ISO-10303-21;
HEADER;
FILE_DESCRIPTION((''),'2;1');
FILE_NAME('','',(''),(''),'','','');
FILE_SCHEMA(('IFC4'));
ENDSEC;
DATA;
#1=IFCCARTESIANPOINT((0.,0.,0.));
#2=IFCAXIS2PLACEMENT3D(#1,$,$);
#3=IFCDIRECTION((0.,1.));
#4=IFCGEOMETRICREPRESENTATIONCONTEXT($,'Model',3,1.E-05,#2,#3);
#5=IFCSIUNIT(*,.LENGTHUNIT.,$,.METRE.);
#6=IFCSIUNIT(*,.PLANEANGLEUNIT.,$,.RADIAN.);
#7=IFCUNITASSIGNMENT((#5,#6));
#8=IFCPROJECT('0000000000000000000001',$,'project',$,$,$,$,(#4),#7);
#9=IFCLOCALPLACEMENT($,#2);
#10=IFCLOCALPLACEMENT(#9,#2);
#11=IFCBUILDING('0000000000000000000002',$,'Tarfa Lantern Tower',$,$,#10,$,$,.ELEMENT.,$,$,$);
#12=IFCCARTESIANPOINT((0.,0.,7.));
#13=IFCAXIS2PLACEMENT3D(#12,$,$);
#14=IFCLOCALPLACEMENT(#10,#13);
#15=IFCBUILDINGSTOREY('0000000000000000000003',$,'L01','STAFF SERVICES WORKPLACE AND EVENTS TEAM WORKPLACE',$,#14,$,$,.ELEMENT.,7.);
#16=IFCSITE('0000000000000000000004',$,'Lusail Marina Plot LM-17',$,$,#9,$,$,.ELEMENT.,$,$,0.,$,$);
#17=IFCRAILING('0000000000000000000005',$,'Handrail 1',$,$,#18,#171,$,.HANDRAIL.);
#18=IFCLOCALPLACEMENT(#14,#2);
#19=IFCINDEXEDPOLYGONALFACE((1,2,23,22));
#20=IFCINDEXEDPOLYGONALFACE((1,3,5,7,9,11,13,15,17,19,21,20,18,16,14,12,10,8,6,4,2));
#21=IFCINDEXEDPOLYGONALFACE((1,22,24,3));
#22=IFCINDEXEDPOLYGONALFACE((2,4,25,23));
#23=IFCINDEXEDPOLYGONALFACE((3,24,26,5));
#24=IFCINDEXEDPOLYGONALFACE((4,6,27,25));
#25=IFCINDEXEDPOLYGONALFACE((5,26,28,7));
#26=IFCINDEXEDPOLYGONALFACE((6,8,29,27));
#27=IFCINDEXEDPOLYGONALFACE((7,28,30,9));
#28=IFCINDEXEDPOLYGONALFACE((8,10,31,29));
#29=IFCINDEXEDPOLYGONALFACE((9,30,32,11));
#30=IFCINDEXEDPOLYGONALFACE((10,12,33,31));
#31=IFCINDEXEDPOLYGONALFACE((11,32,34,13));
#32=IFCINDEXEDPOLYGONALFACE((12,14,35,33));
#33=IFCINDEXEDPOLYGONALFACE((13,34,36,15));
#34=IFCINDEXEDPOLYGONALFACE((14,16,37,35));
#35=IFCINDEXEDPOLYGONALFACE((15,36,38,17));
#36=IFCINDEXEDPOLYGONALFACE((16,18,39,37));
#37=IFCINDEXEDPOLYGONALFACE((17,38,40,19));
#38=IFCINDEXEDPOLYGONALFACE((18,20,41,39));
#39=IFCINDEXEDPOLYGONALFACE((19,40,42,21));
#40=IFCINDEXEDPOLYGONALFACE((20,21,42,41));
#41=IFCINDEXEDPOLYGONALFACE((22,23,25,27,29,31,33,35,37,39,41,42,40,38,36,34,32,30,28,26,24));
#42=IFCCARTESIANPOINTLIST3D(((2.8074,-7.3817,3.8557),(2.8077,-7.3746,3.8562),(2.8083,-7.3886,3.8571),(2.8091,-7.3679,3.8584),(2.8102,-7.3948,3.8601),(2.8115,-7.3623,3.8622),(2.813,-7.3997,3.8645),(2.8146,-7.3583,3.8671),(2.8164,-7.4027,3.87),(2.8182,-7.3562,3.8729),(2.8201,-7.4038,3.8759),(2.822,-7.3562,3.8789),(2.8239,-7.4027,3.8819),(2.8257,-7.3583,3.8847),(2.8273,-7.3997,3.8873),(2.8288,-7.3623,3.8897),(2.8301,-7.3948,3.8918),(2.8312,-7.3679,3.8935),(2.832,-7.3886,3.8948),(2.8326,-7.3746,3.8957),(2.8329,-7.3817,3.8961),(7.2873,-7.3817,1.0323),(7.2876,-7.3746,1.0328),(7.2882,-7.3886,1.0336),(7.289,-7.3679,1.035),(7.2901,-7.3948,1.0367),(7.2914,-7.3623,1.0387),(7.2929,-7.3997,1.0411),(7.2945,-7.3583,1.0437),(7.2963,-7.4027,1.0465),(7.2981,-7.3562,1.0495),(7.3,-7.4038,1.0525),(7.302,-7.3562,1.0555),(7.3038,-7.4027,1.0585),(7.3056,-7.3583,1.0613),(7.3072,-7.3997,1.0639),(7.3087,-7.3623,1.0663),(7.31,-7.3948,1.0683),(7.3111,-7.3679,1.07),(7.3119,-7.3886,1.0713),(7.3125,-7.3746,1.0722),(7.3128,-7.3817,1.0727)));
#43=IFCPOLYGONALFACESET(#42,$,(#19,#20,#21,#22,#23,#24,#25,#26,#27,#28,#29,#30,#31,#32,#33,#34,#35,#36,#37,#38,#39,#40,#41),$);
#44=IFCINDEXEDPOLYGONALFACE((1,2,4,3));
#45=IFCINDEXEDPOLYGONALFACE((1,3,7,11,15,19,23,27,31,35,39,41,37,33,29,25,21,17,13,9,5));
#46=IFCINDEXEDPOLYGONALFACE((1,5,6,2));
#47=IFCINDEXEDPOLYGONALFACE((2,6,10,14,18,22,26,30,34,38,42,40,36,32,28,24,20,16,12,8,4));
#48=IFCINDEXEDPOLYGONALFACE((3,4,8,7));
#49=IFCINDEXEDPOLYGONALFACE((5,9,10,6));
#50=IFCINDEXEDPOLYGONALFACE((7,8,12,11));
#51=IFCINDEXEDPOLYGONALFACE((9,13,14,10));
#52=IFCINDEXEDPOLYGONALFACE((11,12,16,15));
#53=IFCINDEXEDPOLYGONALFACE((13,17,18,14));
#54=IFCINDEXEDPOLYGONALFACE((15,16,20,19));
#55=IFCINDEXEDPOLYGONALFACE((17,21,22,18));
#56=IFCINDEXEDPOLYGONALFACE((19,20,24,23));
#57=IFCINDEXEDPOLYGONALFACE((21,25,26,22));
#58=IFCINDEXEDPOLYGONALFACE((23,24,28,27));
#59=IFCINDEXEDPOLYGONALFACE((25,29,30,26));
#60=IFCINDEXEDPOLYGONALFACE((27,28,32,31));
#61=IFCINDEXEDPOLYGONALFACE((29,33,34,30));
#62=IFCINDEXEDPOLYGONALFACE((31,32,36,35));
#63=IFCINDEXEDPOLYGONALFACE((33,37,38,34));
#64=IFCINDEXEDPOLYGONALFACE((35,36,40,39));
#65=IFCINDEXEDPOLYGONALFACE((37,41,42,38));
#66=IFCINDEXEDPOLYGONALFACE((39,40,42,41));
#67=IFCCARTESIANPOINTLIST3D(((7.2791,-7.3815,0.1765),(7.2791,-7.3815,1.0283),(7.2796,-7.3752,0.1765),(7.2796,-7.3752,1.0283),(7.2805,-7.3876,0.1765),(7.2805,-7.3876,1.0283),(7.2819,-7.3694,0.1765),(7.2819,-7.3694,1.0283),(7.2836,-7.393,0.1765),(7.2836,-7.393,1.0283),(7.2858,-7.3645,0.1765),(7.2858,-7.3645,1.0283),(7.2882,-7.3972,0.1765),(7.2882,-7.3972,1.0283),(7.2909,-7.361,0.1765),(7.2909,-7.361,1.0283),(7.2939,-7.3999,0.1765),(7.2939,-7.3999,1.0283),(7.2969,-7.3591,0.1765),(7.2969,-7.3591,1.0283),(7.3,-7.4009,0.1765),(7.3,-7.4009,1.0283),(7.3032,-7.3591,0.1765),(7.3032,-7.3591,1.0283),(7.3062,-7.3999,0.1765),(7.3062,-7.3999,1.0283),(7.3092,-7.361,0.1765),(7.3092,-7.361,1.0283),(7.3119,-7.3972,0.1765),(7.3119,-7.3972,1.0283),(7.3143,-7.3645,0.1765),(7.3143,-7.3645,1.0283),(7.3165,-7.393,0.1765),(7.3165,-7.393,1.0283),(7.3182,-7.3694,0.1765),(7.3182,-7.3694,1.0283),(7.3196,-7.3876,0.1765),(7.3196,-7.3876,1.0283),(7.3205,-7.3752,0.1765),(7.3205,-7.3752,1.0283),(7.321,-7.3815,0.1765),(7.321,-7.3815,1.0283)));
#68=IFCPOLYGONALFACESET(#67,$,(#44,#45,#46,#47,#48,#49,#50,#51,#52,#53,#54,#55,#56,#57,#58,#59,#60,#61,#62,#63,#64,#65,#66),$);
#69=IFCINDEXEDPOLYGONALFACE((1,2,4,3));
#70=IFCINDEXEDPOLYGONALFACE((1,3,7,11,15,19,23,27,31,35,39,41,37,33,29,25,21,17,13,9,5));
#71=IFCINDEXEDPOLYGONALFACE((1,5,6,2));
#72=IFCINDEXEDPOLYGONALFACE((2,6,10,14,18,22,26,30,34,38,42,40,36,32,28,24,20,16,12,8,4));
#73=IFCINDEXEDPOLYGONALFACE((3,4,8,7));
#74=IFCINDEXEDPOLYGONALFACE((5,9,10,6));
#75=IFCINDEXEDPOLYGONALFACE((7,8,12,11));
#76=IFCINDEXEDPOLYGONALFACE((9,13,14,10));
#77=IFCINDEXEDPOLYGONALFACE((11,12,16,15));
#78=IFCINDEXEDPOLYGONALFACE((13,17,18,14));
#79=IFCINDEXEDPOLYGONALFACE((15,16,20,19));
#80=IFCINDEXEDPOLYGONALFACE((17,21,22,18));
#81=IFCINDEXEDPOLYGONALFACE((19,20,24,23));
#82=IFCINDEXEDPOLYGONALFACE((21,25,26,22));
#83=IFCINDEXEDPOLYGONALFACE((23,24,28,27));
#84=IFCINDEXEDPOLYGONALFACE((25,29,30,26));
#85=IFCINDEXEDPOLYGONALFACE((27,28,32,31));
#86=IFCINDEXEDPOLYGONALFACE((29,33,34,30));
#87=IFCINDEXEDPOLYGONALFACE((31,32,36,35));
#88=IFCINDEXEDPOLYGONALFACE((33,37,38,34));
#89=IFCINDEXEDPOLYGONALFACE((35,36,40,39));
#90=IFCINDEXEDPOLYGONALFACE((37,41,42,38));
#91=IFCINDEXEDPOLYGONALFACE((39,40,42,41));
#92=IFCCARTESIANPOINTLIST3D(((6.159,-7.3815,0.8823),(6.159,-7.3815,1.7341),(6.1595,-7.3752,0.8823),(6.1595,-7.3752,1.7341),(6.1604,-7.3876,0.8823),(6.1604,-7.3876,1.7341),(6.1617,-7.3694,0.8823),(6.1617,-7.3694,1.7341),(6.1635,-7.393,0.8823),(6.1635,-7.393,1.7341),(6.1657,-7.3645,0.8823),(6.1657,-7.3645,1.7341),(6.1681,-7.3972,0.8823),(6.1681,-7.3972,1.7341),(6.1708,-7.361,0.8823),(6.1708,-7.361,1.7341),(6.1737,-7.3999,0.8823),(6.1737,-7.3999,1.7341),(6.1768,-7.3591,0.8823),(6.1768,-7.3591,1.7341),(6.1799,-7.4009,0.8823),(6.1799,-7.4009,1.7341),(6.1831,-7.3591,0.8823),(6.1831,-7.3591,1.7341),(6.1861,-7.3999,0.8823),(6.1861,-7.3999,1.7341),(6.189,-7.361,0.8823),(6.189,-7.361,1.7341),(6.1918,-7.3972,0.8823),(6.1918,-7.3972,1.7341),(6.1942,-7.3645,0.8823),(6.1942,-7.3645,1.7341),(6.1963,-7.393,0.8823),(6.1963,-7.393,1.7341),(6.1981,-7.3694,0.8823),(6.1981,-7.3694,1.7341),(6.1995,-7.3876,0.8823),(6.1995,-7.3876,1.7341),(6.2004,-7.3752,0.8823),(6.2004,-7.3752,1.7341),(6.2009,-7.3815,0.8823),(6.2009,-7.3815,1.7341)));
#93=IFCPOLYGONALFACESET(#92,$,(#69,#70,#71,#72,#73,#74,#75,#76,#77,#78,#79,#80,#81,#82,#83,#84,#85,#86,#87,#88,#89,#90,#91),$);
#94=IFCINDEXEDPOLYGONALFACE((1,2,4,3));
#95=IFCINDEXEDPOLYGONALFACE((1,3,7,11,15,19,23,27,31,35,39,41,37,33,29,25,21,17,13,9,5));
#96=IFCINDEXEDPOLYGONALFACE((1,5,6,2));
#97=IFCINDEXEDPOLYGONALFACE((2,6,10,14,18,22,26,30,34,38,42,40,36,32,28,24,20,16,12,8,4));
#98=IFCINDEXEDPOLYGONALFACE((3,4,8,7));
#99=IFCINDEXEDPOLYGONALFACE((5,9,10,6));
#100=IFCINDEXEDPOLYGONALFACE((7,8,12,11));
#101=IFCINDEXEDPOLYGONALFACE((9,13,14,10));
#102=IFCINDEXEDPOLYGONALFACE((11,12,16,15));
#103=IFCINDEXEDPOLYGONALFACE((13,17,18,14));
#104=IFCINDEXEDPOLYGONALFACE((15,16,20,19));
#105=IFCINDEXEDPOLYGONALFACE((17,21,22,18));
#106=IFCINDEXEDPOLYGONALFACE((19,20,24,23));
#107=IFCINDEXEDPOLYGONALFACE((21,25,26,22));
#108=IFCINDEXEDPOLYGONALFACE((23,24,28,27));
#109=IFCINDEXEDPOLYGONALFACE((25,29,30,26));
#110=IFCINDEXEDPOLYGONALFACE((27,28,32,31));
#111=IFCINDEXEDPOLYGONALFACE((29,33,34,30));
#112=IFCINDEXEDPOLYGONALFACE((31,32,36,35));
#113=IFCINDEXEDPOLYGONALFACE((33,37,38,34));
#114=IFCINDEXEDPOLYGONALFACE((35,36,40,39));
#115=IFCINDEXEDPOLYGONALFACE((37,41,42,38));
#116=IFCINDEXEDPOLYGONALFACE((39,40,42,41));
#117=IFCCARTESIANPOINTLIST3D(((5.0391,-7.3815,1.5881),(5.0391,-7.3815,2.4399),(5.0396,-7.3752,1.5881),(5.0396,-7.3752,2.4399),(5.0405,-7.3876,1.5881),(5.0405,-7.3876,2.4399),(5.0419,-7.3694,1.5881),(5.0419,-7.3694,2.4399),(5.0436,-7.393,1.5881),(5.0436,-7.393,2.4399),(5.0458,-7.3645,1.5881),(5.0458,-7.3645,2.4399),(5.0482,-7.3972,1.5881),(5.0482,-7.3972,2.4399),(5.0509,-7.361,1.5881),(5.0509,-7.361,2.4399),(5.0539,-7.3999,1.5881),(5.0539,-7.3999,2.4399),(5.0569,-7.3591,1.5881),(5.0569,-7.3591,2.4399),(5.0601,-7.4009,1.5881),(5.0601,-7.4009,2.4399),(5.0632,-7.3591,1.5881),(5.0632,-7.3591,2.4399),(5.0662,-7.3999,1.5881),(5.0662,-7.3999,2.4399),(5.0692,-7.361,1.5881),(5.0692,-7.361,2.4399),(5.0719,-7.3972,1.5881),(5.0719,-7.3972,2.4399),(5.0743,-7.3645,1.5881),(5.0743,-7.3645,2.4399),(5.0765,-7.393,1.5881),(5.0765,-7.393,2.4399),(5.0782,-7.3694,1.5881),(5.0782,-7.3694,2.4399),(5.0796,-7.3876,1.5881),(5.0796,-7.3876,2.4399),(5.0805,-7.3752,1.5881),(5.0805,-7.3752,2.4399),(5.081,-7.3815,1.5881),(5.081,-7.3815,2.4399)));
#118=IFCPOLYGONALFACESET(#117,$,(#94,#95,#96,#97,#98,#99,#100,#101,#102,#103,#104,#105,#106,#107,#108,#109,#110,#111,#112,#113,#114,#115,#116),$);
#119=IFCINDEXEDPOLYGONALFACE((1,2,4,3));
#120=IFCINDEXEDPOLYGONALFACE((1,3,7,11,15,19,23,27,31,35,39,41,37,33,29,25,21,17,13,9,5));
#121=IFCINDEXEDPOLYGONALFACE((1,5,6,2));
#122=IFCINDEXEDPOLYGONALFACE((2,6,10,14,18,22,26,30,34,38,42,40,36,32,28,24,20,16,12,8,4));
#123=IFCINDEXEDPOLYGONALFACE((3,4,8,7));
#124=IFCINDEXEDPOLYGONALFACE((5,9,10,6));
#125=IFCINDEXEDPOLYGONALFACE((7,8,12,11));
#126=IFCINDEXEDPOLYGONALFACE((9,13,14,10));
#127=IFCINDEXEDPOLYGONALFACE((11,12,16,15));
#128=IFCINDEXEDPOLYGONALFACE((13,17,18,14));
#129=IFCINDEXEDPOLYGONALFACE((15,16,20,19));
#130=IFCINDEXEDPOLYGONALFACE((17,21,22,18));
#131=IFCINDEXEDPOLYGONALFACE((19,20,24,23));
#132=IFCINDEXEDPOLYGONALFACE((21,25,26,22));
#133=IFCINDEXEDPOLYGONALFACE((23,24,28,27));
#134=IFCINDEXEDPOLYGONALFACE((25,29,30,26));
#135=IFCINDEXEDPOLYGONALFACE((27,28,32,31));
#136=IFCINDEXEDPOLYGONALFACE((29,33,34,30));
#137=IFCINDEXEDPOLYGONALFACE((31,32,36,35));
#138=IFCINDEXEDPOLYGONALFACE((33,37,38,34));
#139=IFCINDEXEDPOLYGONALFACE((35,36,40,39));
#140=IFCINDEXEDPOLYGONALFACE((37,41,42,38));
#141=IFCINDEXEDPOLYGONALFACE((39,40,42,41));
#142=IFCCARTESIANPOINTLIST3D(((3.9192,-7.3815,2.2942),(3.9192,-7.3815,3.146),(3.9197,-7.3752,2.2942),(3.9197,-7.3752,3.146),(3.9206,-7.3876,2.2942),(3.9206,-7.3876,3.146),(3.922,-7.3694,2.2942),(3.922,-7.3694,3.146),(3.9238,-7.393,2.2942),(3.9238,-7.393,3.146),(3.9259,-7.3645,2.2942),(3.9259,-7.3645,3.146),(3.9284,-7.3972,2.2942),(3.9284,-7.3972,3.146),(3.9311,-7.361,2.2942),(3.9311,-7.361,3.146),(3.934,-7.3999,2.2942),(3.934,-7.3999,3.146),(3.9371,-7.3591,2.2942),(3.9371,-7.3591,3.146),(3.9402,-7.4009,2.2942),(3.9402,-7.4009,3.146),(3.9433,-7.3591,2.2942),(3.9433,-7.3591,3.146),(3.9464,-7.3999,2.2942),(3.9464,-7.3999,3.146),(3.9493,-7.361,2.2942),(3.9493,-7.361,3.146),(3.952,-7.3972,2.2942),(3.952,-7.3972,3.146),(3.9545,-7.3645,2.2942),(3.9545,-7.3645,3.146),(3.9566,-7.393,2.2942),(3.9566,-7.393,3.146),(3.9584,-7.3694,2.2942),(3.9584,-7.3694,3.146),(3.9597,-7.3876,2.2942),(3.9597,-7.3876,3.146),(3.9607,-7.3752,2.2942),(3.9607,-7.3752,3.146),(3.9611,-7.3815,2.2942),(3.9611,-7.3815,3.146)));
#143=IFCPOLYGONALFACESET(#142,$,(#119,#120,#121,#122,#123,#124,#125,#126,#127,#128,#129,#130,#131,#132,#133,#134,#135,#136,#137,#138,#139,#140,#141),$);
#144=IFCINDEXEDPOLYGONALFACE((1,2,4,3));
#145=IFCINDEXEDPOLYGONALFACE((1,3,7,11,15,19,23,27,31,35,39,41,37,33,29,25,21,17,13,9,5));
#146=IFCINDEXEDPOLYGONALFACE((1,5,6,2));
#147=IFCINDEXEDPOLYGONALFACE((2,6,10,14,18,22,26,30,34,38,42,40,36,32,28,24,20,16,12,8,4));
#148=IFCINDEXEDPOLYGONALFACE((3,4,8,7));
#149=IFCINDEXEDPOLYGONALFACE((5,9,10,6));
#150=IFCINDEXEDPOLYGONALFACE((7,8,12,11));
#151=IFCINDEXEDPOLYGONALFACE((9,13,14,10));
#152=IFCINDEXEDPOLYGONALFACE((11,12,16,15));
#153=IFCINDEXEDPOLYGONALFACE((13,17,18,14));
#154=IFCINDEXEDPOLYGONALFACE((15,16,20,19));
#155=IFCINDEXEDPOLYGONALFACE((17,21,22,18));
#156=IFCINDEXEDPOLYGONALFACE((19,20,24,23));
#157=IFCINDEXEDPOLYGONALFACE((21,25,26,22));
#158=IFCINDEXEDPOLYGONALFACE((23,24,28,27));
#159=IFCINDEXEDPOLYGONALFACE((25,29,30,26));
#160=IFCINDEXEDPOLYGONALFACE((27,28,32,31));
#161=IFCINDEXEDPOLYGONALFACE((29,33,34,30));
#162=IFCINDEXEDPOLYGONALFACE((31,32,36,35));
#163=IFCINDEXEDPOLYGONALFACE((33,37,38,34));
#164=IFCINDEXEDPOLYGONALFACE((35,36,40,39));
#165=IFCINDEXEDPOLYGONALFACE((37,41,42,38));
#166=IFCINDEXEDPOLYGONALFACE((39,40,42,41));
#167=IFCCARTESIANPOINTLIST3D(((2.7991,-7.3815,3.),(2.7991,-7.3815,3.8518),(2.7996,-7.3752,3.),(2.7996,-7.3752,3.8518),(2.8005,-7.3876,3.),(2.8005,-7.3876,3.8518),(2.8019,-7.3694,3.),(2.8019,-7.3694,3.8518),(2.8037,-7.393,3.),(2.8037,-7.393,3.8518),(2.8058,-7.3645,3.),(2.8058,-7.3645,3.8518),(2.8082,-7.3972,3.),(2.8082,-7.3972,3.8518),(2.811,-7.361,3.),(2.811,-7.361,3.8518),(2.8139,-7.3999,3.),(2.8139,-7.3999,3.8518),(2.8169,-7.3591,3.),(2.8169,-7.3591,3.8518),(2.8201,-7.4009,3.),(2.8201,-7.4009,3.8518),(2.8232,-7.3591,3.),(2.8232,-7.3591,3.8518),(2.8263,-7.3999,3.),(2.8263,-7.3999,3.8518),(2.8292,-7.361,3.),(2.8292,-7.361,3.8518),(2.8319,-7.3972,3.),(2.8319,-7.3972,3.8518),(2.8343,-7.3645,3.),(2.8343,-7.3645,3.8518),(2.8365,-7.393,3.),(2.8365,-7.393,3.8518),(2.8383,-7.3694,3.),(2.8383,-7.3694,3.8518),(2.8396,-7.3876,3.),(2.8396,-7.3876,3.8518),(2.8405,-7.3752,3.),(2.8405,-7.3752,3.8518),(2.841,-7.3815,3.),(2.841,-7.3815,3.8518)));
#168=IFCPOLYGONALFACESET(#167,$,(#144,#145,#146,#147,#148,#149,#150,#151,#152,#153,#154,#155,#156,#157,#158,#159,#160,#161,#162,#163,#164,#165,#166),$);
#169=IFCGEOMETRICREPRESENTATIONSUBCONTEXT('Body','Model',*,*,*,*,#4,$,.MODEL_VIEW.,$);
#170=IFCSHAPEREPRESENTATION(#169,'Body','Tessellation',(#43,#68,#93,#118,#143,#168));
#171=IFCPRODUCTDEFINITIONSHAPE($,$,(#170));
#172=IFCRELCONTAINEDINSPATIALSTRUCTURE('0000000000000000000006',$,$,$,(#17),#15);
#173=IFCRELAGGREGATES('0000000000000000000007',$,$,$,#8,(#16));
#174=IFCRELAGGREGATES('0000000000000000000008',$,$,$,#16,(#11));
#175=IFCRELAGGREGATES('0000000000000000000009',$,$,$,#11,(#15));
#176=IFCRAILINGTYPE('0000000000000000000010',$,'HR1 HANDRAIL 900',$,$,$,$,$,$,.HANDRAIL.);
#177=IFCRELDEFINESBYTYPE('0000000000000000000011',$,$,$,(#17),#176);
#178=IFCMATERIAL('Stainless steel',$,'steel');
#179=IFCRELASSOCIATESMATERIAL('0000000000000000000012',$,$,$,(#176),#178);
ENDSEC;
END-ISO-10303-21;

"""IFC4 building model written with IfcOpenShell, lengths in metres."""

from ifc_helpers import new_model, si_unit, direction, frame, origin, origin_2d, place, context, subcontext, project, spatial, circle, extrude, material, type_object, element, save


model = new_model("IFC4")

# Units and contexts
model_context = context("Model", 3, precision=1e-05, world=origin(), true_north=direction((0.0, 1.0)))
body_context = subcontext(model_context, "Body", "Model", "MODEL_VIEW")
ifc_project = project(units=[si_unit("LENGTHUNIT", "METRE"), si_unit("PLANEANGLEUNIT", "RADIAN")], contexts=[model_context])

# Site, building, storey
site_placement = place(None, origin())
site = spatial("IfcSite", under=ifc_project, at=site_placement, Name="Lusail Marina Plot LM-17", CompositionType="ELEMENT", RefElevation=0.0)
building_placement = place(site_placement, origin())
building = spatial("IfcBuilding", under=site, at=building_placement, Name="Tarfa Lantern Tower", CompositionType="ELEMENT")
storey_placement = place(building_placement, frame((0.0, 0.0, 7.0)))
storey = spatial("IfcBuildingStorey", under=building, at=storey_placement, Name="L01", Description="STAFF SERVICES WORKPLACE AND EVENTS TEAM WORKPLACE", CompositionType="ELEMENT", Elevation=7.0)

# Railing
ifc_material_1 = material(Name="Stainless steel", Category="steel")
railing_type = type_object("IfcRailingType", Name="HR1 HANDRAIL 900", PredefinedType="HANDRAIL", material=ifc_material_1)
railing_placement = place(storey_placement, frame((7.3, -7.3799, 0.1765)))
element("IfcRailing", 1, at=railing_placement, inside=storey, type_object=railing_type, Name="Handrail 1", PredefinedType="HANDRAIL", context=body_context, shape_type="SweptSolid", body=[
    extrude(circle(Radius=0.0239, at=origin_2d()), frame((0.0, 0.0, 0.876), z_axis=(-0.845998, 0.0, 0.533186), x_axis=(0.0, -1.0, 0.0)), (0.0, 0.0, 1.0), 5.2954),
    extrude(circle(Radius=0.021, at=origin_2d()), frame((0.0, 0.0, 0.0), z_axis=(0.0, 0.0, 1.0), x_axis=(0.0, -1.0, 0.0)), (0.0, 0.0, 1.0), 0.8518),
    extrude(circle(Radius=0.021, at=origin_2d()), frame((-1.1201, 0.0, 0.7058), z_axis=(0.0, 0.0, 1.0), x_axis=(0.0, -1.0, 0.0)), (0.0, 0.0, 1.0), 0.8518),
    extrude(circle(Radius=0.021, at=origin_2d()), frame((-2.24, 0.0, 1.4116), z_axis=(0.0, 0.0, 1.0), x_axis=(0.0, -1.0, 0.0)), (0.0, 0.0, 1.0), 0.8518),
    extrude(circle(Radius=0.021, at=origin_2d()), frame((-3.3599, 0.0, 2.1177), z_axis=(0.0, 0.0, 1.0), x_axis=(0.0, -1.0, 0.0)), (0.0, 0.0, 1.0), 0.8518),
    extrude(circle(Radius=0.021, at=origin_2d()), frame((-4.48, 0.0, 2.8235), z_axis=(0.0, 0.0, 1.0), x_axis=(0.0, -1.0, 0.0)), (0.0, 0.0, 1.0), 0.8518),
])

save(model, "model.ifc")
